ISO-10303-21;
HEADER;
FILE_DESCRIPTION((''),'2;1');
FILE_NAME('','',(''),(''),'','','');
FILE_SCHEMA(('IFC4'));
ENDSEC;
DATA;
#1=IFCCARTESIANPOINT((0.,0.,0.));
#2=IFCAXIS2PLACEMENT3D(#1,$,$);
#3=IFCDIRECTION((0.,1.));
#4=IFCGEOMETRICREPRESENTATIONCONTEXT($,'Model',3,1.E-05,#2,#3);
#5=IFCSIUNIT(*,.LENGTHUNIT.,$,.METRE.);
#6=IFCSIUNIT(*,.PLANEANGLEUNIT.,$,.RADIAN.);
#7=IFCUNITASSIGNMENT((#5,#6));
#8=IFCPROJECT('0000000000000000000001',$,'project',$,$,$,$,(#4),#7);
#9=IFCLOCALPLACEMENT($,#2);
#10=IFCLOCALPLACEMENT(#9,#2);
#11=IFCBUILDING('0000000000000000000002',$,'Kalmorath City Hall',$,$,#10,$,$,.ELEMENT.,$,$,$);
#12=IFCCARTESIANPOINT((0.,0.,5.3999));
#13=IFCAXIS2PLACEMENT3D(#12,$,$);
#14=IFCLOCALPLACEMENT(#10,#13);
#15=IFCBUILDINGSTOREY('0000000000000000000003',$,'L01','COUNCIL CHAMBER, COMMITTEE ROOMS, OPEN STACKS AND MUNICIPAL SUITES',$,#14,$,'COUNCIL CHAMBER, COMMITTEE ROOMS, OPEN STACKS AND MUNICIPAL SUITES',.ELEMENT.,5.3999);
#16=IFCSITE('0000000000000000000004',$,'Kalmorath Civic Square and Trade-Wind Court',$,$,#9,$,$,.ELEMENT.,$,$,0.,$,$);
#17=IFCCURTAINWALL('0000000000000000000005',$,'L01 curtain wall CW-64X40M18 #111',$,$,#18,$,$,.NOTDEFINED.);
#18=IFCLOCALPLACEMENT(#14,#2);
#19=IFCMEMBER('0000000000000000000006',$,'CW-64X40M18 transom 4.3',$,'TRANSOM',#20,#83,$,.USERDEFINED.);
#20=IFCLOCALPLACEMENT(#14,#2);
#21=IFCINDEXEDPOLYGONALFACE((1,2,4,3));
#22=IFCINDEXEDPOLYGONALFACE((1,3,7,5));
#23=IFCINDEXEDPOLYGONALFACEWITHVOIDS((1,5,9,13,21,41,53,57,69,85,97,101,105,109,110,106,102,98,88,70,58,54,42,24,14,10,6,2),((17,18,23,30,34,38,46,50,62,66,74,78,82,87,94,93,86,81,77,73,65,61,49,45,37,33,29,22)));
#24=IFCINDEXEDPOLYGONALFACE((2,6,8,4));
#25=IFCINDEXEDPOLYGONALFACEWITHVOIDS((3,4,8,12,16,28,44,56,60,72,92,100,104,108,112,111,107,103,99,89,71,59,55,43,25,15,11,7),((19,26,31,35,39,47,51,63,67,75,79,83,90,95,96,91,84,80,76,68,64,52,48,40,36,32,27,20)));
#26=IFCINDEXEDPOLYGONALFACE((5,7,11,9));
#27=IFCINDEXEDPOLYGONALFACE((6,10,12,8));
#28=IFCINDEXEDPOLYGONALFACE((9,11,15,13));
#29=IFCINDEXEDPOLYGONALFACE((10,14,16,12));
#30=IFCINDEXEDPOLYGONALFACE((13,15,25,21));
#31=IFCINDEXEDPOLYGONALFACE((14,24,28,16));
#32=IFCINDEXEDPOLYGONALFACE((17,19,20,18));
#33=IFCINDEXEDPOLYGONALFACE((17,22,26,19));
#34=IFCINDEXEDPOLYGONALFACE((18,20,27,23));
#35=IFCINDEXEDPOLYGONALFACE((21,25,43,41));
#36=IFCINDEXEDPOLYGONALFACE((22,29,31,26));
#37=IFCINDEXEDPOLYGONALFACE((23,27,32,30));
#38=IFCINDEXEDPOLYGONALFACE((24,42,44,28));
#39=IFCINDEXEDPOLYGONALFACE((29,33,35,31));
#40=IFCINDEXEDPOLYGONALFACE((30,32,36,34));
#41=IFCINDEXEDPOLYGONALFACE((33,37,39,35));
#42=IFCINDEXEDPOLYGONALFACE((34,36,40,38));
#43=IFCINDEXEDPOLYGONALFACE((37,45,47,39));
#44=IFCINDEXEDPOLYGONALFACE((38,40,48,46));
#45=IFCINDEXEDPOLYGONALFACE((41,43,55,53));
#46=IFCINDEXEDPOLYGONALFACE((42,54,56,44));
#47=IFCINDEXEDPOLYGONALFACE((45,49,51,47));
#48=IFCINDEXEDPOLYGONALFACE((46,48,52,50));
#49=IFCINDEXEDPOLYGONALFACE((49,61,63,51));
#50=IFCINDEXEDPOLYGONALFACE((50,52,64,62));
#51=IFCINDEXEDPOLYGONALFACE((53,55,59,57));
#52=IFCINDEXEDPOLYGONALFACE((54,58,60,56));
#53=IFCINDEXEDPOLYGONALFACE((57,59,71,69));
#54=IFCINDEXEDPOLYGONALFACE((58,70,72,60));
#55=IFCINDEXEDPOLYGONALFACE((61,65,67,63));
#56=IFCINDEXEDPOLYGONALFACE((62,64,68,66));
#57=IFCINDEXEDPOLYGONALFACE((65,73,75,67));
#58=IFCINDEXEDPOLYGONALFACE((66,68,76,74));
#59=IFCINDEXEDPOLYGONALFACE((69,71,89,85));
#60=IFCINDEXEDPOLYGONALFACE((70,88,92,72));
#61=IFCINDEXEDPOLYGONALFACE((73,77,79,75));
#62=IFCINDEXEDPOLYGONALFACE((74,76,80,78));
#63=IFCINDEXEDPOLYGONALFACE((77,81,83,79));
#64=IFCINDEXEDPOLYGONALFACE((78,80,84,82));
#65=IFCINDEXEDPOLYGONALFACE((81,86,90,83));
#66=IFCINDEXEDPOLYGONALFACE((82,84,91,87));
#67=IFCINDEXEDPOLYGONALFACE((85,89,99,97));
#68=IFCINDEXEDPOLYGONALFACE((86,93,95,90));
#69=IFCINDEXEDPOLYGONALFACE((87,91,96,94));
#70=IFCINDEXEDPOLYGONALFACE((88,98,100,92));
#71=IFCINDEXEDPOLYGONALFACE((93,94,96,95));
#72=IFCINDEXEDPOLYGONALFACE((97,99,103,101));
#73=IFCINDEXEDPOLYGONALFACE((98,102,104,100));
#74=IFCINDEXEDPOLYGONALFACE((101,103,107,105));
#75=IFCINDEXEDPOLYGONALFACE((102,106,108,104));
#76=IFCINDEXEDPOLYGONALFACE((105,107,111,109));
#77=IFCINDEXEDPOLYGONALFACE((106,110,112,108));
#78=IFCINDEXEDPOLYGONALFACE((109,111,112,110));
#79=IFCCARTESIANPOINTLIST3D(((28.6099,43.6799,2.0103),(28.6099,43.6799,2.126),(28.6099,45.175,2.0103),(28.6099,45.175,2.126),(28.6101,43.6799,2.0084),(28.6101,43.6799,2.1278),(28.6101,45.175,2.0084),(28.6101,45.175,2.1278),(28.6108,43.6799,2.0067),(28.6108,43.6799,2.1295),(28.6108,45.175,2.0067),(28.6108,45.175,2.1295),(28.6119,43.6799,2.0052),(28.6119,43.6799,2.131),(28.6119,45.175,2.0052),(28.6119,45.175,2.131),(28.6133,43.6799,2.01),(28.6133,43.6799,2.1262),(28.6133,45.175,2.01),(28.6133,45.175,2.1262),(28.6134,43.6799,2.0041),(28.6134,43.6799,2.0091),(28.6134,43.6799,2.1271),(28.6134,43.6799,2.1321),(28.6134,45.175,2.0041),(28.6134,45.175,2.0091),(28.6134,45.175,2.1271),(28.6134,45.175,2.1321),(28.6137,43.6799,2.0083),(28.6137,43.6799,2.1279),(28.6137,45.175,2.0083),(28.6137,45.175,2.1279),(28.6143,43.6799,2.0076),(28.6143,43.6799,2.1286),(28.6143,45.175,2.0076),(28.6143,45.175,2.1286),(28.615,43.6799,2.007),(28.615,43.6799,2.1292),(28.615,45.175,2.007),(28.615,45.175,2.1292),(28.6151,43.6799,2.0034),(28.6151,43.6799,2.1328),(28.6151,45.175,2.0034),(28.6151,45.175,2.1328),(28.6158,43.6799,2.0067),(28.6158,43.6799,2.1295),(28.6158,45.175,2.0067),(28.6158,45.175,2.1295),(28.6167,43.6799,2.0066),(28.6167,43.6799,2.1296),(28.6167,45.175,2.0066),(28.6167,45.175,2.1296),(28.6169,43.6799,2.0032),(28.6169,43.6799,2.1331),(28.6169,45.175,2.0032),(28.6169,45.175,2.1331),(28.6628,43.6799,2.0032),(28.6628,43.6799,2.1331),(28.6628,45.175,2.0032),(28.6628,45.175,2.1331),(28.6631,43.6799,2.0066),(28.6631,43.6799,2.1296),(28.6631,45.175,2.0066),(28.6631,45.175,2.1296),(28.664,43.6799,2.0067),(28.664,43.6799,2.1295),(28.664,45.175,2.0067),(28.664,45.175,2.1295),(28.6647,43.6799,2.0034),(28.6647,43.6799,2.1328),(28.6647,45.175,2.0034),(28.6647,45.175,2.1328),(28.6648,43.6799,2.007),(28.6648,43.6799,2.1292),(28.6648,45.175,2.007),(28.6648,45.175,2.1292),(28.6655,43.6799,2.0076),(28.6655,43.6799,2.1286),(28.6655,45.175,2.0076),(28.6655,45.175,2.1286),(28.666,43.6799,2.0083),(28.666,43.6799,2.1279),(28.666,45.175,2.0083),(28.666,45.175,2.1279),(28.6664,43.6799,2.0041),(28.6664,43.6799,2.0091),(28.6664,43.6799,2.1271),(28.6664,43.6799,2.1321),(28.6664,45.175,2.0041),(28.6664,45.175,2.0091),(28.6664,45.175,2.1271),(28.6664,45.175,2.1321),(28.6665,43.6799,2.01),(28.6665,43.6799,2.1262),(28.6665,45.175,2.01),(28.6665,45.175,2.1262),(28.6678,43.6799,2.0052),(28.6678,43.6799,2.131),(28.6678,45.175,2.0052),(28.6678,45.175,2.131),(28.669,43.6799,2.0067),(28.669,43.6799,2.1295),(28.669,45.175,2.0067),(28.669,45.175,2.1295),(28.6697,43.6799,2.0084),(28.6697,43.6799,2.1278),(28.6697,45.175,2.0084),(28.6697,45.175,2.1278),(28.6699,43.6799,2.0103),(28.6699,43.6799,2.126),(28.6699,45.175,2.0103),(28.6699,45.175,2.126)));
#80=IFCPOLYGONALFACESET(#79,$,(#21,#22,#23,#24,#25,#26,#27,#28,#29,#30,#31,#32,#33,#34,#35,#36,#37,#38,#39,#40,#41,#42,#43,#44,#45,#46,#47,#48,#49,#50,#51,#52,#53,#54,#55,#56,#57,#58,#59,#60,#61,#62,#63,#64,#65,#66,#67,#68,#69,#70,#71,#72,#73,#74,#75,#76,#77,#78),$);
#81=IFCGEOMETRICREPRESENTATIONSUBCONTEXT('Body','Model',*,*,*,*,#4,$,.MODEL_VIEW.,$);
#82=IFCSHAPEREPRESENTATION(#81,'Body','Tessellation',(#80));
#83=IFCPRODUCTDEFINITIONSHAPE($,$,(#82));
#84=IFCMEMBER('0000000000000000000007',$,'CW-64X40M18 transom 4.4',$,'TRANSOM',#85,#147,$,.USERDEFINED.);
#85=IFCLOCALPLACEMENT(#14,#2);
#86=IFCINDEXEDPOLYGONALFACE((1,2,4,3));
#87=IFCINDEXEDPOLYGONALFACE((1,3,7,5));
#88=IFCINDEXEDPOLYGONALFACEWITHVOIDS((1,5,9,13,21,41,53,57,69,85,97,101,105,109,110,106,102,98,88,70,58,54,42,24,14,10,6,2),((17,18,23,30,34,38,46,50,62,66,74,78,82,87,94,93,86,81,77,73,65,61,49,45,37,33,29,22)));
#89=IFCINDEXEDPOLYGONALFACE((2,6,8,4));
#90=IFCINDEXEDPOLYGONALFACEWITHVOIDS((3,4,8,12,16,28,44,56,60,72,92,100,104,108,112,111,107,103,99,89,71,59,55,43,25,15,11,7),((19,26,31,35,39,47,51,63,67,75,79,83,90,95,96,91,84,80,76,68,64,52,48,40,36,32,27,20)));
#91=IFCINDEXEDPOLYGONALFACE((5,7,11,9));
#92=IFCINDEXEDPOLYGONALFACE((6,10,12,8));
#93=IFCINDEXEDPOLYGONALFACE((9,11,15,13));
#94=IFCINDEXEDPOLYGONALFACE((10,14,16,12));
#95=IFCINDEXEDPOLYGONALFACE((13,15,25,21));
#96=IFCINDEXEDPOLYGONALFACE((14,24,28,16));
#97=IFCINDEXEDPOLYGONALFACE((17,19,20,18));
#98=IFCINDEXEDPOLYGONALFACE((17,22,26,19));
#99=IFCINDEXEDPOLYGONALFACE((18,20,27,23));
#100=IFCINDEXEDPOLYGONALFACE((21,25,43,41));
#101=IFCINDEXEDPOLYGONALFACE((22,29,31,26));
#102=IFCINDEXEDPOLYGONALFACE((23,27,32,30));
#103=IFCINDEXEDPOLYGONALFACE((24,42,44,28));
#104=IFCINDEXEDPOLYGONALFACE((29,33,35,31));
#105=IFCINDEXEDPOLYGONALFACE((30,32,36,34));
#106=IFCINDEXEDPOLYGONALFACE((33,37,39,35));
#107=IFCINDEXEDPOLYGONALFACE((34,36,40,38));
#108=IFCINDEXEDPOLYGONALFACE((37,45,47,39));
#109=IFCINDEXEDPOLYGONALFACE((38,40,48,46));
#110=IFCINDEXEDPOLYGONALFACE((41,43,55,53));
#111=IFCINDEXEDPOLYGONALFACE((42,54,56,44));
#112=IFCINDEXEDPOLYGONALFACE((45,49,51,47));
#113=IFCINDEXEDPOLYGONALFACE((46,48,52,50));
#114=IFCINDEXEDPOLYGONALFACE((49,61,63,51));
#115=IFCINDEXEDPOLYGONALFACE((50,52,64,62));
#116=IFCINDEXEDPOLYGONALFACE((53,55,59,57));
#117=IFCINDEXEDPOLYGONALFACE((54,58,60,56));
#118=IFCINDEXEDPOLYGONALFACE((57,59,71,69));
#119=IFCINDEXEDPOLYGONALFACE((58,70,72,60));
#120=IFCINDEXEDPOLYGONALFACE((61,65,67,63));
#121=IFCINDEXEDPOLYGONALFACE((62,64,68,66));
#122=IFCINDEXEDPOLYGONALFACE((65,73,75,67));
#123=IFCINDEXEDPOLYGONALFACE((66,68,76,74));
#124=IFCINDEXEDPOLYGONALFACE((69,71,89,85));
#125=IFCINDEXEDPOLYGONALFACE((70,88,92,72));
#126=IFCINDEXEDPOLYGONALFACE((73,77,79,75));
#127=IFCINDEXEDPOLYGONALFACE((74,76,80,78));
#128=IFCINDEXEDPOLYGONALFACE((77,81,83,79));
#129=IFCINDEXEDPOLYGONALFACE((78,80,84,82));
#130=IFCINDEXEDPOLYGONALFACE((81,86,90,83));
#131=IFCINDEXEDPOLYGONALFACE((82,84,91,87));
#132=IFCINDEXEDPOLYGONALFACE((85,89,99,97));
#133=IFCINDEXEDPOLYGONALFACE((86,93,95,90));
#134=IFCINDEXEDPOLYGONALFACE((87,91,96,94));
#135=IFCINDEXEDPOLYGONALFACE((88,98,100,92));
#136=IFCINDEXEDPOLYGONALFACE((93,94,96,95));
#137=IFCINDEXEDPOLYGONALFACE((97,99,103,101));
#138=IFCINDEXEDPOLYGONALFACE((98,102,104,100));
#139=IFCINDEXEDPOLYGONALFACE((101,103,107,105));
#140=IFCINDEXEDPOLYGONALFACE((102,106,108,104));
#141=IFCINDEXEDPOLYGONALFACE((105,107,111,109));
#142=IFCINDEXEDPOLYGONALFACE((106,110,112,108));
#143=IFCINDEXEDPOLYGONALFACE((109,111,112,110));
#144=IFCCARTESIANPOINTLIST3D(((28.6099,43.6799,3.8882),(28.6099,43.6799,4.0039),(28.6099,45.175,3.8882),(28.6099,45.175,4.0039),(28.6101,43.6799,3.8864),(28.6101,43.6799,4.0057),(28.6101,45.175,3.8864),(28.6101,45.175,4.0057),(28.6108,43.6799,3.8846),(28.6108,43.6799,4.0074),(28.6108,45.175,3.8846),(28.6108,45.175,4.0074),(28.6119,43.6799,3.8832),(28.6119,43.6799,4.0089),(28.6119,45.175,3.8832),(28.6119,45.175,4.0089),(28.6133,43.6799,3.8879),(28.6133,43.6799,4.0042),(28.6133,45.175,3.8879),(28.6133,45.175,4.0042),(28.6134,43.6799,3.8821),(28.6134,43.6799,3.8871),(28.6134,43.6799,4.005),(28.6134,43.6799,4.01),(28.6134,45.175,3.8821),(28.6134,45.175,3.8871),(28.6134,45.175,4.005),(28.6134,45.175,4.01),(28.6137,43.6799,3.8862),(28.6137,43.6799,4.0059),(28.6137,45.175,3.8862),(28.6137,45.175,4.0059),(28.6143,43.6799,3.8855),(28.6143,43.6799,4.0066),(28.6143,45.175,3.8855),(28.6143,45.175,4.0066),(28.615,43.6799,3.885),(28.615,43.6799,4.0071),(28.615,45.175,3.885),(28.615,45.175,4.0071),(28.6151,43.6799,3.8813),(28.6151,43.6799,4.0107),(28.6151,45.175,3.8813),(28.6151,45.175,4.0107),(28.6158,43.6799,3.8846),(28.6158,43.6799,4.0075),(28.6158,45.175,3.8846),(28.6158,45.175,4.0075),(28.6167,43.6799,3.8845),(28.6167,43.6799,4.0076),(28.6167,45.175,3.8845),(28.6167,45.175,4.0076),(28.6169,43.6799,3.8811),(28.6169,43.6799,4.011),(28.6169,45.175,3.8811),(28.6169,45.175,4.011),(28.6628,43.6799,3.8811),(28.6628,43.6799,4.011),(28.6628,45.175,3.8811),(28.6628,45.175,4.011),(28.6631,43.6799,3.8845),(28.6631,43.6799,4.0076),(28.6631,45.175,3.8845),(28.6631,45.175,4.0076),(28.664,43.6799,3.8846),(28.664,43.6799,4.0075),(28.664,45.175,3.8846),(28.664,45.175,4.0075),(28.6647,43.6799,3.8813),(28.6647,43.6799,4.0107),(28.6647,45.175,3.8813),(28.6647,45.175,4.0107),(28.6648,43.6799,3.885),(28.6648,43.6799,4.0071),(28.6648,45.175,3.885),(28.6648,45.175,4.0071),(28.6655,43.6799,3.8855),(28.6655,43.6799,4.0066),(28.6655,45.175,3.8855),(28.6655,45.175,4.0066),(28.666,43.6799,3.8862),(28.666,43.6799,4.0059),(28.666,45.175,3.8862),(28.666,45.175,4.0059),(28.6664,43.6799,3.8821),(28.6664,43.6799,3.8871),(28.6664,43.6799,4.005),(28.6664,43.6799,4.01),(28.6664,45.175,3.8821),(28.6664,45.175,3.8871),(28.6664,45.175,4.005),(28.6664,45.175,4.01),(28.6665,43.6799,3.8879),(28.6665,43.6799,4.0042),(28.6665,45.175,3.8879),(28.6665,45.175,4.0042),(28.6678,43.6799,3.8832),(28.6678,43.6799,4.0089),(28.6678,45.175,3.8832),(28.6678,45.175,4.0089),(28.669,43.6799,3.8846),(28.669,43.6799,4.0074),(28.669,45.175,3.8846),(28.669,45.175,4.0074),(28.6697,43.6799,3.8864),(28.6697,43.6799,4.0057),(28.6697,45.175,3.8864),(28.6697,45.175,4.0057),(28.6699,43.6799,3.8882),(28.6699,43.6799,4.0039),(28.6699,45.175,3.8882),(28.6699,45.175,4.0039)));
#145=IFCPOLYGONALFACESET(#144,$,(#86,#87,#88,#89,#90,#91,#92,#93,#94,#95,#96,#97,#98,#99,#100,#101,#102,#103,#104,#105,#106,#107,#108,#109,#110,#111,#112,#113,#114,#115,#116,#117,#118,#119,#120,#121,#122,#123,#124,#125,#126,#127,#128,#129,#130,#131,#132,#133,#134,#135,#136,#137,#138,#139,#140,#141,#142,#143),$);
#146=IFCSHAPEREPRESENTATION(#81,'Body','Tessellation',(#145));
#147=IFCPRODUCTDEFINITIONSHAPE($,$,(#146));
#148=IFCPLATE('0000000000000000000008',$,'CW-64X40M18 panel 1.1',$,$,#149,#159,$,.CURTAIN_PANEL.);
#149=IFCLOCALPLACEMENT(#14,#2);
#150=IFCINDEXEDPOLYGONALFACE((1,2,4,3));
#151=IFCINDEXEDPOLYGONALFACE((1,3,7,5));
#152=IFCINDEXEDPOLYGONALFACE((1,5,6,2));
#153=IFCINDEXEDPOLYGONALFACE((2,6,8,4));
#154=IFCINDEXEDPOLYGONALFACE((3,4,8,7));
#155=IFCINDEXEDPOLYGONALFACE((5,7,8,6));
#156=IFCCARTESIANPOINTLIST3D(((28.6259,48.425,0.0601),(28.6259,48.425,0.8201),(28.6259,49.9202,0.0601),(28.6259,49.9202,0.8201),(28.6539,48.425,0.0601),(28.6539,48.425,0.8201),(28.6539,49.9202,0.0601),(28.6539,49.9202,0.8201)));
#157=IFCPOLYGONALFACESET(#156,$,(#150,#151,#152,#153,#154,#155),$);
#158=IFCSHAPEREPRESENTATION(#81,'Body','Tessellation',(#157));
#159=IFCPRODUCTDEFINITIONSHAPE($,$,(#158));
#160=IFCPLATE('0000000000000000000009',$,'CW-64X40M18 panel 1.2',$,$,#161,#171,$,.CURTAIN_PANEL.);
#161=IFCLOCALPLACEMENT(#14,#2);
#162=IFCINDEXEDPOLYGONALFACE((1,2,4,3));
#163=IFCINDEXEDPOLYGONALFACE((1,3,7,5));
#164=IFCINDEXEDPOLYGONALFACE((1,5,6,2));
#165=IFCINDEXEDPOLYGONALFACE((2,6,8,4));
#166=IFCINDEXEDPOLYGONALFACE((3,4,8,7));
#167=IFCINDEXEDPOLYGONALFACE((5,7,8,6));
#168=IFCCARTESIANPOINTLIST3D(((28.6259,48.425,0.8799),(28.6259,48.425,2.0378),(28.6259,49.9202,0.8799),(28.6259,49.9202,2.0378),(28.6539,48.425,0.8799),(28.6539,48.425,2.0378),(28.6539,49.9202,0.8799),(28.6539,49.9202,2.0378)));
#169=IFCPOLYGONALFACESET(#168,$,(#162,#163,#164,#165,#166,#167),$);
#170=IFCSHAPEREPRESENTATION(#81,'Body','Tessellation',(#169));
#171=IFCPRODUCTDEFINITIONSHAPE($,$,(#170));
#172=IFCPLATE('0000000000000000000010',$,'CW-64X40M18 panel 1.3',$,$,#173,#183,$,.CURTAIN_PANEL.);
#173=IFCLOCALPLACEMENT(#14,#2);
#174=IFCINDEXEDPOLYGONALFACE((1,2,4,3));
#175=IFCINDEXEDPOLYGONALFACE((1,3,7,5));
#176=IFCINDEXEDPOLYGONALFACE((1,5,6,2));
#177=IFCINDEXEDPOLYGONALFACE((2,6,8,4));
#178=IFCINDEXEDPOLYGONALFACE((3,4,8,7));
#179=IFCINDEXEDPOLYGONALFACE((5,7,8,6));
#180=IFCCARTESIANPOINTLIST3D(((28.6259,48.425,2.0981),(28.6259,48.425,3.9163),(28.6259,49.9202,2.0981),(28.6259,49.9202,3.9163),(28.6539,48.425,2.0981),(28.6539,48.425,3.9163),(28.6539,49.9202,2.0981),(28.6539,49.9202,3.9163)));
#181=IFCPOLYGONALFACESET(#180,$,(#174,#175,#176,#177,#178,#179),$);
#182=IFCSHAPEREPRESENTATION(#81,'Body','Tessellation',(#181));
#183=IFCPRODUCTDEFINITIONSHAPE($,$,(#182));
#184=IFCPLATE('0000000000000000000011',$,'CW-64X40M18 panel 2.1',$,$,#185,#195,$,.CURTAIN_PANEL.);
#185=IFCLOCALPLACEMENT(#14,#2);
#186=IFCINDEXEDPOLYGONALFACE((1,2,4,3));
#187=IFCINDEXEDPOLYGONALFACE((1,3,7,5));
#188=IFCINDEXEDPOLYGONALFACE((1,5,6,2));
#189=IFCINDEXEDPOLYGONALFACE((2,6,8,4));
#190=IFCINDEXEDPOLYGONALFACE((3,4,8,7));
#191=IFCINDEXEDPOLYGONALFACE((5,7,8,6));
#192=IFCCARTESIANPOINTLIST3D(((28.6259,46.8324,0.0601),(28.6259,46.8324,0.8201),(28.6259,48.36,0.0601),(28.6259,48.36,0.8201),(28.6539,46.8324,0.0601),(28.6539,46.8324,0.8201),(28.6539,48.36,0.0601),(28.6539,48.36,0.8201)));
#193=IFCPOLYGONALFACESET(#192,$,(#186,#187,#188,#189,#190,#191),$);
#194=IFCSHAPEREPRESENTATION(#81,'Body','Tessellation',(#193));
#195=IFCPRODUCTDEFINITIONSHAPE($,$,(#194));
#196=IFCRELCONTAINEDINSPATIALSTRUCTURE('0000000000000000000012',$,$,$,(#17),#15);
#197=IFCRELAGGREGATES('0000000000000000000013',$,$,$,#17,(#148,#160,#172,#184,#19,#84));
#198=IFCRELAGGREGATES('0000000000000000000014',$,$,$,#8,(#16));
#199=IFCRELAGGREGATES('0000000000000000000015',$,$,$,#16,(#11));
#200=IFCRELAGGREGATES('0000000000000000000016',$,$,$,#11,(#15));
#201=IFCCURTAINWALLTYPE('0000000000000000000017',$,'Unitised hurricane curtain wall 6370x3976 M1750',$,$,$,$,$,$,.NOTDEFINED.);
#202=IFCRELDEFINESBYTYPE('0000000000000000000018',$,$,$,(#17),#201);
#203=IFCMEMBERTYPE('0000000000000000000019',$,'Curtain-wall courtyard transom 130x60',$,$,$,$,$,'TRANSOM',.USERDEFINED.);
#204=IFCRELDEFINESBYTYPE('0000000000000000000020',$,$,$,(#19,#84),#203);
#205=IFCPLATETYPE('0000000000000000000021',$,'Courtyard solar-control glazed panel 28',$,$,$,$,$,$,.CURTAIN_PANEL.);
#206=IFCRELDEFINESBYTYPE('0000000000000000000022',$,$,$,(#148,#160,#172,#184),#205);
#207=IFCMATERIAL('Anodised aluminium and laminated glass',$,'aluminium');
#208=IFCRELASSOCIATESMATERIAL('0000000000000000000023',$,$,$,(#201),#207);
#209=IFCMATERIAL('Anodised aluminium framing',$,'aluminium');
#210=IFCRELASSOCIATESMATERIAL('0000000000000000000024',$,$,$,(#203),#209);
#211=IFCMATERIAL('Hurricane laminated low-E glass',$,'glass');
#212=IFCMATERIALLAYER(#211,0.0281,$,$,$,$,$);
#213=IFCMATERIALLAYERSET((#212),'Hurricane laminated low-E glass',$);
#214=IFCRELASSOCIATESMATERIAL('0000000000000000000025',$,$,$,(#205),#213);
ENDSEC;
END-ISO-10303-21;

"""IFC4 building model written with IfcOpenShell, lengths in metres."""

from ifc_helpers import new_model, si_unit, direction, frame, origin, origin_2d, place, context, subcontext, project, spatial, rectangle, hollow_rectangle, extrude, material, layer, layer_set, material_profile, profile_set, type_object, element, aggregate, save


model = new_model("IFC4")

# Units and contexts
model_context = context("Model", 3, precision=1e-05, world=origin(), true_north=direction((0.0, 1.0)))
body_context = subcontext(model_context, "Body", "Model", "MODEL_VIEW")
ifc_project = project(units=[si_unit("LENGTHUNIT", "METRE"), si_unit("PLANEANGLEUNIT", "RADIAN")], contexts=[model_context])

# Site, building, storey
site_placement = place(None, origin())
site = spatial("IfcSite", under=ifc_project, at=site_placement, Name="Kalmorath Civic Square and Trade-Wind Court", CompositionType="ELEMENT", RefElevation=0.0)
building_placement = place(site_placement, origin())
building = spatial("IfcBuilding", under=site, at=building_placement, Name="Kalmorath City Hall", CompositionType="ELEMENT")
storey_placement = place(building_placement, frame((0.0, 0.0, 5.3999)))
storey = spatial("IfcBuildingStorey", under=building, at=storey_placement, Name="L01", Description="COUNCIL CHAMBER, COMMITTEE ROOMS, OPEN STACKS AND MUNICIPAL SUITES", LongName="COUNCIL CHAMBER, COMMITTEE ROOMS, OPEN STACKS AND MUNICIPAL SUITES", CompositionType="ELEMENT", Elevation=5.3999)

# Curtain wall, members, plates
ifc_material_1 = material(Name="Anodised aluminium and laminated glass", Category="aluminium")
curtain_wall_type = type_object("IfcCurtainWallType", Name="Unitised hurricane curtain wall 6370x3976 M1750", PredefinedType="NOTDEFINED", material=ifc_material_1)
curtain_wall_placement = place(storey_placement, origin())
curtain_wall = element("IfcCurtainWall", 1, at=curtain_wall_placement, inside=storey, type_object=curtain_wall_type, Name="L01 curtain wall CW-64X40M18 #111", PredefinedType="NOTDEFINED")
ifc_material_2 = material(Name="Anodised aluminium framing", Category="aluminium")
ifc_material_profile_1 = material_profile(ifc_material_2, hollow_rectangle(XDim=0.0601, YDim=0.1299, WallThickness=0.0034, InnerFilletRadius=0.0034, OuterFilletRadius=0.0071, at=origin_2d()), Name="ALU-TRN-130X60X3.5")
ifc_profile_set_1 = profile_set([ifc_material_profile_1], Name="Anodised aluminium framing")
member_type_1 = type_object("IfcMemberType", Name="Curtain-wall courtyard transom 130x60", ElementType="TRANSOM", PredefinedType="USERDEFINED", material=ifc_profile_set_1)
member_1_placement = place(storey_placement, frame((28.6399, 45.175, 2.0681), z_axis=(0.0, -1.0, 0.0), x_axis=(1.0, 0.0, 0.0)))
member_1 = element("IfcMember", 2, at=member_1_placement, type_object=member_type_1, Name="CW-64X40M18 transom 4.3", ObjectType="TRANSOM", PredefinedType="USERDEFINED", context=body_context, shape_type="SweptSolid", body=[
    extrude(hollow_rectangle(XDim=0.0601, YDim=0.1299, WallThickness=0.0034, InnerFilletRadius=0.0034, OuterFilletRadius=0.0071, at=origin_2d()), origin(), (0.0, 0.0, 1.0), 1.4951),
])
member_2_placement = place(storey_placement, frame((28.6399, 45.175, 3.946), z_axis=(0.0, -1.0, 0.0), x_axis=(1.0, 0.0, 0.0)))
member_2 = element("IfcMember", 3, at=member_2_placement, type_object=member_type_1, Name="CW-64X40M18 transom 4.4", ObjectType="TRANSOM", PredefinedType="USERDEFINED", context=body_context, shape_type="SweptSolid", body=[
    extrude(hollow_rectangle(XDim=0.0601, YDim=0.1299, WallThickness=0.0034, InnerFilletRadius=0.0034, OuterFilletRadius=0.0071, at=origin_2d()), origin(), (0.0, 0.0, 1.0), 1.4951),
])
ifc_material_3 = material(Name="Hurricane laminated low-E glass", Category="glass")
ifc_layer = layer(ifc_material_3, 0.0281)
ifc_layer_set = layer_set([ifc_layer], Name="Hurricane laminated low-E glass")
plate_type = type_object("IfcPlateType", Name="Courtyard solar-control glazed panel 28", PredefinedType="CURTAIN_PANEL", material=ifc_layer_set)
plate_1_placement = place(storey_placement, frame((28.6399, 49.1726, 0.0601), z_axis=(0.0, 0.0, 1.0), x_axis=(0.0, -1.0, 0.0)))
plate_1 = element("IfcPlate", 4, at=plate_1_placement, type_object=plate_type, Name="CW-64X40M18 panel 1.1", PredefinedType="CURTAIN_PANEL", context=body_context, shape_type="SweptSolid", body=[
    extrude(rectangle(XDim=1.4951, YDim=0.0281, at=origin_2d()), origin(), (0.0, 0.0, 1.0), 0.76),
])
plate_2_placement = place(storey_placement, frame((28.6399, 49.1726, 0.8799), z_axis=(0.0, 0.0, 1.0), x_axis=(0.0, -1.0, 0.0)))
plate_2 = element("IfcPlate", 5, at=plate_2_placement, type_object=plate_type, Name="CW-64X40M18 panel 1.2", PredefinedType="CURTAIN_PANEL", context=body_context, shape_type="SweptSolid", body=[
    extrude(rectangle(XDim=1.4951, YDim=0.0281, at=origin_2d()), origin(), (0.0, 0.0, 1.0), 1.158),
])
plate_3_placement = place(storey_placement, frame((28.6399, 49.1726, 2.0981), z_axis=(0.0, 0.0, 1.0), x_axis=(0.0, -1.0, 0.0)))
plate_3 = element("IfcPlate", 6, at=plate_3_placement, type_object=plate_type, Name="CW-64X40M18 panel 1.3", PredefinedType="CURTAIN_PANEL", context=body_context, shape_type="SweptSolid", body=[
    extrude(rectangle(XDim=1.4951, YDim=0.0281, at=origin_2d()), origin(), (0.0, 0.0, 1.0), 1.8181),
])
plate_4_placement = place(storey_placement, frame((28.6399, 47.5962, 0.0601), z_axis=(0.0, 0.0, 1.0), x_axis=(0.0, -1.0, 0.0)))
plate_4 = element("IfcPlate", 7, at=plate_4_placement, type_object=plate_type, Name="CW-64X40M18 panel 2.1", PredefinedType="CURTAIN_PANEL", context=body_context, shape_type="SweptSolid", body=[
    extrude(rectangle(XDim=1.5276, YDim=0.0281, at=origin_2d()), origin(), (0.0, 0.0, 1.0), 0.76),
])
aggregate(curtain_wall, [plate_1, plate_2, plate_3, plate_4, member_1, member_2])

save(model, "model.ifc")
